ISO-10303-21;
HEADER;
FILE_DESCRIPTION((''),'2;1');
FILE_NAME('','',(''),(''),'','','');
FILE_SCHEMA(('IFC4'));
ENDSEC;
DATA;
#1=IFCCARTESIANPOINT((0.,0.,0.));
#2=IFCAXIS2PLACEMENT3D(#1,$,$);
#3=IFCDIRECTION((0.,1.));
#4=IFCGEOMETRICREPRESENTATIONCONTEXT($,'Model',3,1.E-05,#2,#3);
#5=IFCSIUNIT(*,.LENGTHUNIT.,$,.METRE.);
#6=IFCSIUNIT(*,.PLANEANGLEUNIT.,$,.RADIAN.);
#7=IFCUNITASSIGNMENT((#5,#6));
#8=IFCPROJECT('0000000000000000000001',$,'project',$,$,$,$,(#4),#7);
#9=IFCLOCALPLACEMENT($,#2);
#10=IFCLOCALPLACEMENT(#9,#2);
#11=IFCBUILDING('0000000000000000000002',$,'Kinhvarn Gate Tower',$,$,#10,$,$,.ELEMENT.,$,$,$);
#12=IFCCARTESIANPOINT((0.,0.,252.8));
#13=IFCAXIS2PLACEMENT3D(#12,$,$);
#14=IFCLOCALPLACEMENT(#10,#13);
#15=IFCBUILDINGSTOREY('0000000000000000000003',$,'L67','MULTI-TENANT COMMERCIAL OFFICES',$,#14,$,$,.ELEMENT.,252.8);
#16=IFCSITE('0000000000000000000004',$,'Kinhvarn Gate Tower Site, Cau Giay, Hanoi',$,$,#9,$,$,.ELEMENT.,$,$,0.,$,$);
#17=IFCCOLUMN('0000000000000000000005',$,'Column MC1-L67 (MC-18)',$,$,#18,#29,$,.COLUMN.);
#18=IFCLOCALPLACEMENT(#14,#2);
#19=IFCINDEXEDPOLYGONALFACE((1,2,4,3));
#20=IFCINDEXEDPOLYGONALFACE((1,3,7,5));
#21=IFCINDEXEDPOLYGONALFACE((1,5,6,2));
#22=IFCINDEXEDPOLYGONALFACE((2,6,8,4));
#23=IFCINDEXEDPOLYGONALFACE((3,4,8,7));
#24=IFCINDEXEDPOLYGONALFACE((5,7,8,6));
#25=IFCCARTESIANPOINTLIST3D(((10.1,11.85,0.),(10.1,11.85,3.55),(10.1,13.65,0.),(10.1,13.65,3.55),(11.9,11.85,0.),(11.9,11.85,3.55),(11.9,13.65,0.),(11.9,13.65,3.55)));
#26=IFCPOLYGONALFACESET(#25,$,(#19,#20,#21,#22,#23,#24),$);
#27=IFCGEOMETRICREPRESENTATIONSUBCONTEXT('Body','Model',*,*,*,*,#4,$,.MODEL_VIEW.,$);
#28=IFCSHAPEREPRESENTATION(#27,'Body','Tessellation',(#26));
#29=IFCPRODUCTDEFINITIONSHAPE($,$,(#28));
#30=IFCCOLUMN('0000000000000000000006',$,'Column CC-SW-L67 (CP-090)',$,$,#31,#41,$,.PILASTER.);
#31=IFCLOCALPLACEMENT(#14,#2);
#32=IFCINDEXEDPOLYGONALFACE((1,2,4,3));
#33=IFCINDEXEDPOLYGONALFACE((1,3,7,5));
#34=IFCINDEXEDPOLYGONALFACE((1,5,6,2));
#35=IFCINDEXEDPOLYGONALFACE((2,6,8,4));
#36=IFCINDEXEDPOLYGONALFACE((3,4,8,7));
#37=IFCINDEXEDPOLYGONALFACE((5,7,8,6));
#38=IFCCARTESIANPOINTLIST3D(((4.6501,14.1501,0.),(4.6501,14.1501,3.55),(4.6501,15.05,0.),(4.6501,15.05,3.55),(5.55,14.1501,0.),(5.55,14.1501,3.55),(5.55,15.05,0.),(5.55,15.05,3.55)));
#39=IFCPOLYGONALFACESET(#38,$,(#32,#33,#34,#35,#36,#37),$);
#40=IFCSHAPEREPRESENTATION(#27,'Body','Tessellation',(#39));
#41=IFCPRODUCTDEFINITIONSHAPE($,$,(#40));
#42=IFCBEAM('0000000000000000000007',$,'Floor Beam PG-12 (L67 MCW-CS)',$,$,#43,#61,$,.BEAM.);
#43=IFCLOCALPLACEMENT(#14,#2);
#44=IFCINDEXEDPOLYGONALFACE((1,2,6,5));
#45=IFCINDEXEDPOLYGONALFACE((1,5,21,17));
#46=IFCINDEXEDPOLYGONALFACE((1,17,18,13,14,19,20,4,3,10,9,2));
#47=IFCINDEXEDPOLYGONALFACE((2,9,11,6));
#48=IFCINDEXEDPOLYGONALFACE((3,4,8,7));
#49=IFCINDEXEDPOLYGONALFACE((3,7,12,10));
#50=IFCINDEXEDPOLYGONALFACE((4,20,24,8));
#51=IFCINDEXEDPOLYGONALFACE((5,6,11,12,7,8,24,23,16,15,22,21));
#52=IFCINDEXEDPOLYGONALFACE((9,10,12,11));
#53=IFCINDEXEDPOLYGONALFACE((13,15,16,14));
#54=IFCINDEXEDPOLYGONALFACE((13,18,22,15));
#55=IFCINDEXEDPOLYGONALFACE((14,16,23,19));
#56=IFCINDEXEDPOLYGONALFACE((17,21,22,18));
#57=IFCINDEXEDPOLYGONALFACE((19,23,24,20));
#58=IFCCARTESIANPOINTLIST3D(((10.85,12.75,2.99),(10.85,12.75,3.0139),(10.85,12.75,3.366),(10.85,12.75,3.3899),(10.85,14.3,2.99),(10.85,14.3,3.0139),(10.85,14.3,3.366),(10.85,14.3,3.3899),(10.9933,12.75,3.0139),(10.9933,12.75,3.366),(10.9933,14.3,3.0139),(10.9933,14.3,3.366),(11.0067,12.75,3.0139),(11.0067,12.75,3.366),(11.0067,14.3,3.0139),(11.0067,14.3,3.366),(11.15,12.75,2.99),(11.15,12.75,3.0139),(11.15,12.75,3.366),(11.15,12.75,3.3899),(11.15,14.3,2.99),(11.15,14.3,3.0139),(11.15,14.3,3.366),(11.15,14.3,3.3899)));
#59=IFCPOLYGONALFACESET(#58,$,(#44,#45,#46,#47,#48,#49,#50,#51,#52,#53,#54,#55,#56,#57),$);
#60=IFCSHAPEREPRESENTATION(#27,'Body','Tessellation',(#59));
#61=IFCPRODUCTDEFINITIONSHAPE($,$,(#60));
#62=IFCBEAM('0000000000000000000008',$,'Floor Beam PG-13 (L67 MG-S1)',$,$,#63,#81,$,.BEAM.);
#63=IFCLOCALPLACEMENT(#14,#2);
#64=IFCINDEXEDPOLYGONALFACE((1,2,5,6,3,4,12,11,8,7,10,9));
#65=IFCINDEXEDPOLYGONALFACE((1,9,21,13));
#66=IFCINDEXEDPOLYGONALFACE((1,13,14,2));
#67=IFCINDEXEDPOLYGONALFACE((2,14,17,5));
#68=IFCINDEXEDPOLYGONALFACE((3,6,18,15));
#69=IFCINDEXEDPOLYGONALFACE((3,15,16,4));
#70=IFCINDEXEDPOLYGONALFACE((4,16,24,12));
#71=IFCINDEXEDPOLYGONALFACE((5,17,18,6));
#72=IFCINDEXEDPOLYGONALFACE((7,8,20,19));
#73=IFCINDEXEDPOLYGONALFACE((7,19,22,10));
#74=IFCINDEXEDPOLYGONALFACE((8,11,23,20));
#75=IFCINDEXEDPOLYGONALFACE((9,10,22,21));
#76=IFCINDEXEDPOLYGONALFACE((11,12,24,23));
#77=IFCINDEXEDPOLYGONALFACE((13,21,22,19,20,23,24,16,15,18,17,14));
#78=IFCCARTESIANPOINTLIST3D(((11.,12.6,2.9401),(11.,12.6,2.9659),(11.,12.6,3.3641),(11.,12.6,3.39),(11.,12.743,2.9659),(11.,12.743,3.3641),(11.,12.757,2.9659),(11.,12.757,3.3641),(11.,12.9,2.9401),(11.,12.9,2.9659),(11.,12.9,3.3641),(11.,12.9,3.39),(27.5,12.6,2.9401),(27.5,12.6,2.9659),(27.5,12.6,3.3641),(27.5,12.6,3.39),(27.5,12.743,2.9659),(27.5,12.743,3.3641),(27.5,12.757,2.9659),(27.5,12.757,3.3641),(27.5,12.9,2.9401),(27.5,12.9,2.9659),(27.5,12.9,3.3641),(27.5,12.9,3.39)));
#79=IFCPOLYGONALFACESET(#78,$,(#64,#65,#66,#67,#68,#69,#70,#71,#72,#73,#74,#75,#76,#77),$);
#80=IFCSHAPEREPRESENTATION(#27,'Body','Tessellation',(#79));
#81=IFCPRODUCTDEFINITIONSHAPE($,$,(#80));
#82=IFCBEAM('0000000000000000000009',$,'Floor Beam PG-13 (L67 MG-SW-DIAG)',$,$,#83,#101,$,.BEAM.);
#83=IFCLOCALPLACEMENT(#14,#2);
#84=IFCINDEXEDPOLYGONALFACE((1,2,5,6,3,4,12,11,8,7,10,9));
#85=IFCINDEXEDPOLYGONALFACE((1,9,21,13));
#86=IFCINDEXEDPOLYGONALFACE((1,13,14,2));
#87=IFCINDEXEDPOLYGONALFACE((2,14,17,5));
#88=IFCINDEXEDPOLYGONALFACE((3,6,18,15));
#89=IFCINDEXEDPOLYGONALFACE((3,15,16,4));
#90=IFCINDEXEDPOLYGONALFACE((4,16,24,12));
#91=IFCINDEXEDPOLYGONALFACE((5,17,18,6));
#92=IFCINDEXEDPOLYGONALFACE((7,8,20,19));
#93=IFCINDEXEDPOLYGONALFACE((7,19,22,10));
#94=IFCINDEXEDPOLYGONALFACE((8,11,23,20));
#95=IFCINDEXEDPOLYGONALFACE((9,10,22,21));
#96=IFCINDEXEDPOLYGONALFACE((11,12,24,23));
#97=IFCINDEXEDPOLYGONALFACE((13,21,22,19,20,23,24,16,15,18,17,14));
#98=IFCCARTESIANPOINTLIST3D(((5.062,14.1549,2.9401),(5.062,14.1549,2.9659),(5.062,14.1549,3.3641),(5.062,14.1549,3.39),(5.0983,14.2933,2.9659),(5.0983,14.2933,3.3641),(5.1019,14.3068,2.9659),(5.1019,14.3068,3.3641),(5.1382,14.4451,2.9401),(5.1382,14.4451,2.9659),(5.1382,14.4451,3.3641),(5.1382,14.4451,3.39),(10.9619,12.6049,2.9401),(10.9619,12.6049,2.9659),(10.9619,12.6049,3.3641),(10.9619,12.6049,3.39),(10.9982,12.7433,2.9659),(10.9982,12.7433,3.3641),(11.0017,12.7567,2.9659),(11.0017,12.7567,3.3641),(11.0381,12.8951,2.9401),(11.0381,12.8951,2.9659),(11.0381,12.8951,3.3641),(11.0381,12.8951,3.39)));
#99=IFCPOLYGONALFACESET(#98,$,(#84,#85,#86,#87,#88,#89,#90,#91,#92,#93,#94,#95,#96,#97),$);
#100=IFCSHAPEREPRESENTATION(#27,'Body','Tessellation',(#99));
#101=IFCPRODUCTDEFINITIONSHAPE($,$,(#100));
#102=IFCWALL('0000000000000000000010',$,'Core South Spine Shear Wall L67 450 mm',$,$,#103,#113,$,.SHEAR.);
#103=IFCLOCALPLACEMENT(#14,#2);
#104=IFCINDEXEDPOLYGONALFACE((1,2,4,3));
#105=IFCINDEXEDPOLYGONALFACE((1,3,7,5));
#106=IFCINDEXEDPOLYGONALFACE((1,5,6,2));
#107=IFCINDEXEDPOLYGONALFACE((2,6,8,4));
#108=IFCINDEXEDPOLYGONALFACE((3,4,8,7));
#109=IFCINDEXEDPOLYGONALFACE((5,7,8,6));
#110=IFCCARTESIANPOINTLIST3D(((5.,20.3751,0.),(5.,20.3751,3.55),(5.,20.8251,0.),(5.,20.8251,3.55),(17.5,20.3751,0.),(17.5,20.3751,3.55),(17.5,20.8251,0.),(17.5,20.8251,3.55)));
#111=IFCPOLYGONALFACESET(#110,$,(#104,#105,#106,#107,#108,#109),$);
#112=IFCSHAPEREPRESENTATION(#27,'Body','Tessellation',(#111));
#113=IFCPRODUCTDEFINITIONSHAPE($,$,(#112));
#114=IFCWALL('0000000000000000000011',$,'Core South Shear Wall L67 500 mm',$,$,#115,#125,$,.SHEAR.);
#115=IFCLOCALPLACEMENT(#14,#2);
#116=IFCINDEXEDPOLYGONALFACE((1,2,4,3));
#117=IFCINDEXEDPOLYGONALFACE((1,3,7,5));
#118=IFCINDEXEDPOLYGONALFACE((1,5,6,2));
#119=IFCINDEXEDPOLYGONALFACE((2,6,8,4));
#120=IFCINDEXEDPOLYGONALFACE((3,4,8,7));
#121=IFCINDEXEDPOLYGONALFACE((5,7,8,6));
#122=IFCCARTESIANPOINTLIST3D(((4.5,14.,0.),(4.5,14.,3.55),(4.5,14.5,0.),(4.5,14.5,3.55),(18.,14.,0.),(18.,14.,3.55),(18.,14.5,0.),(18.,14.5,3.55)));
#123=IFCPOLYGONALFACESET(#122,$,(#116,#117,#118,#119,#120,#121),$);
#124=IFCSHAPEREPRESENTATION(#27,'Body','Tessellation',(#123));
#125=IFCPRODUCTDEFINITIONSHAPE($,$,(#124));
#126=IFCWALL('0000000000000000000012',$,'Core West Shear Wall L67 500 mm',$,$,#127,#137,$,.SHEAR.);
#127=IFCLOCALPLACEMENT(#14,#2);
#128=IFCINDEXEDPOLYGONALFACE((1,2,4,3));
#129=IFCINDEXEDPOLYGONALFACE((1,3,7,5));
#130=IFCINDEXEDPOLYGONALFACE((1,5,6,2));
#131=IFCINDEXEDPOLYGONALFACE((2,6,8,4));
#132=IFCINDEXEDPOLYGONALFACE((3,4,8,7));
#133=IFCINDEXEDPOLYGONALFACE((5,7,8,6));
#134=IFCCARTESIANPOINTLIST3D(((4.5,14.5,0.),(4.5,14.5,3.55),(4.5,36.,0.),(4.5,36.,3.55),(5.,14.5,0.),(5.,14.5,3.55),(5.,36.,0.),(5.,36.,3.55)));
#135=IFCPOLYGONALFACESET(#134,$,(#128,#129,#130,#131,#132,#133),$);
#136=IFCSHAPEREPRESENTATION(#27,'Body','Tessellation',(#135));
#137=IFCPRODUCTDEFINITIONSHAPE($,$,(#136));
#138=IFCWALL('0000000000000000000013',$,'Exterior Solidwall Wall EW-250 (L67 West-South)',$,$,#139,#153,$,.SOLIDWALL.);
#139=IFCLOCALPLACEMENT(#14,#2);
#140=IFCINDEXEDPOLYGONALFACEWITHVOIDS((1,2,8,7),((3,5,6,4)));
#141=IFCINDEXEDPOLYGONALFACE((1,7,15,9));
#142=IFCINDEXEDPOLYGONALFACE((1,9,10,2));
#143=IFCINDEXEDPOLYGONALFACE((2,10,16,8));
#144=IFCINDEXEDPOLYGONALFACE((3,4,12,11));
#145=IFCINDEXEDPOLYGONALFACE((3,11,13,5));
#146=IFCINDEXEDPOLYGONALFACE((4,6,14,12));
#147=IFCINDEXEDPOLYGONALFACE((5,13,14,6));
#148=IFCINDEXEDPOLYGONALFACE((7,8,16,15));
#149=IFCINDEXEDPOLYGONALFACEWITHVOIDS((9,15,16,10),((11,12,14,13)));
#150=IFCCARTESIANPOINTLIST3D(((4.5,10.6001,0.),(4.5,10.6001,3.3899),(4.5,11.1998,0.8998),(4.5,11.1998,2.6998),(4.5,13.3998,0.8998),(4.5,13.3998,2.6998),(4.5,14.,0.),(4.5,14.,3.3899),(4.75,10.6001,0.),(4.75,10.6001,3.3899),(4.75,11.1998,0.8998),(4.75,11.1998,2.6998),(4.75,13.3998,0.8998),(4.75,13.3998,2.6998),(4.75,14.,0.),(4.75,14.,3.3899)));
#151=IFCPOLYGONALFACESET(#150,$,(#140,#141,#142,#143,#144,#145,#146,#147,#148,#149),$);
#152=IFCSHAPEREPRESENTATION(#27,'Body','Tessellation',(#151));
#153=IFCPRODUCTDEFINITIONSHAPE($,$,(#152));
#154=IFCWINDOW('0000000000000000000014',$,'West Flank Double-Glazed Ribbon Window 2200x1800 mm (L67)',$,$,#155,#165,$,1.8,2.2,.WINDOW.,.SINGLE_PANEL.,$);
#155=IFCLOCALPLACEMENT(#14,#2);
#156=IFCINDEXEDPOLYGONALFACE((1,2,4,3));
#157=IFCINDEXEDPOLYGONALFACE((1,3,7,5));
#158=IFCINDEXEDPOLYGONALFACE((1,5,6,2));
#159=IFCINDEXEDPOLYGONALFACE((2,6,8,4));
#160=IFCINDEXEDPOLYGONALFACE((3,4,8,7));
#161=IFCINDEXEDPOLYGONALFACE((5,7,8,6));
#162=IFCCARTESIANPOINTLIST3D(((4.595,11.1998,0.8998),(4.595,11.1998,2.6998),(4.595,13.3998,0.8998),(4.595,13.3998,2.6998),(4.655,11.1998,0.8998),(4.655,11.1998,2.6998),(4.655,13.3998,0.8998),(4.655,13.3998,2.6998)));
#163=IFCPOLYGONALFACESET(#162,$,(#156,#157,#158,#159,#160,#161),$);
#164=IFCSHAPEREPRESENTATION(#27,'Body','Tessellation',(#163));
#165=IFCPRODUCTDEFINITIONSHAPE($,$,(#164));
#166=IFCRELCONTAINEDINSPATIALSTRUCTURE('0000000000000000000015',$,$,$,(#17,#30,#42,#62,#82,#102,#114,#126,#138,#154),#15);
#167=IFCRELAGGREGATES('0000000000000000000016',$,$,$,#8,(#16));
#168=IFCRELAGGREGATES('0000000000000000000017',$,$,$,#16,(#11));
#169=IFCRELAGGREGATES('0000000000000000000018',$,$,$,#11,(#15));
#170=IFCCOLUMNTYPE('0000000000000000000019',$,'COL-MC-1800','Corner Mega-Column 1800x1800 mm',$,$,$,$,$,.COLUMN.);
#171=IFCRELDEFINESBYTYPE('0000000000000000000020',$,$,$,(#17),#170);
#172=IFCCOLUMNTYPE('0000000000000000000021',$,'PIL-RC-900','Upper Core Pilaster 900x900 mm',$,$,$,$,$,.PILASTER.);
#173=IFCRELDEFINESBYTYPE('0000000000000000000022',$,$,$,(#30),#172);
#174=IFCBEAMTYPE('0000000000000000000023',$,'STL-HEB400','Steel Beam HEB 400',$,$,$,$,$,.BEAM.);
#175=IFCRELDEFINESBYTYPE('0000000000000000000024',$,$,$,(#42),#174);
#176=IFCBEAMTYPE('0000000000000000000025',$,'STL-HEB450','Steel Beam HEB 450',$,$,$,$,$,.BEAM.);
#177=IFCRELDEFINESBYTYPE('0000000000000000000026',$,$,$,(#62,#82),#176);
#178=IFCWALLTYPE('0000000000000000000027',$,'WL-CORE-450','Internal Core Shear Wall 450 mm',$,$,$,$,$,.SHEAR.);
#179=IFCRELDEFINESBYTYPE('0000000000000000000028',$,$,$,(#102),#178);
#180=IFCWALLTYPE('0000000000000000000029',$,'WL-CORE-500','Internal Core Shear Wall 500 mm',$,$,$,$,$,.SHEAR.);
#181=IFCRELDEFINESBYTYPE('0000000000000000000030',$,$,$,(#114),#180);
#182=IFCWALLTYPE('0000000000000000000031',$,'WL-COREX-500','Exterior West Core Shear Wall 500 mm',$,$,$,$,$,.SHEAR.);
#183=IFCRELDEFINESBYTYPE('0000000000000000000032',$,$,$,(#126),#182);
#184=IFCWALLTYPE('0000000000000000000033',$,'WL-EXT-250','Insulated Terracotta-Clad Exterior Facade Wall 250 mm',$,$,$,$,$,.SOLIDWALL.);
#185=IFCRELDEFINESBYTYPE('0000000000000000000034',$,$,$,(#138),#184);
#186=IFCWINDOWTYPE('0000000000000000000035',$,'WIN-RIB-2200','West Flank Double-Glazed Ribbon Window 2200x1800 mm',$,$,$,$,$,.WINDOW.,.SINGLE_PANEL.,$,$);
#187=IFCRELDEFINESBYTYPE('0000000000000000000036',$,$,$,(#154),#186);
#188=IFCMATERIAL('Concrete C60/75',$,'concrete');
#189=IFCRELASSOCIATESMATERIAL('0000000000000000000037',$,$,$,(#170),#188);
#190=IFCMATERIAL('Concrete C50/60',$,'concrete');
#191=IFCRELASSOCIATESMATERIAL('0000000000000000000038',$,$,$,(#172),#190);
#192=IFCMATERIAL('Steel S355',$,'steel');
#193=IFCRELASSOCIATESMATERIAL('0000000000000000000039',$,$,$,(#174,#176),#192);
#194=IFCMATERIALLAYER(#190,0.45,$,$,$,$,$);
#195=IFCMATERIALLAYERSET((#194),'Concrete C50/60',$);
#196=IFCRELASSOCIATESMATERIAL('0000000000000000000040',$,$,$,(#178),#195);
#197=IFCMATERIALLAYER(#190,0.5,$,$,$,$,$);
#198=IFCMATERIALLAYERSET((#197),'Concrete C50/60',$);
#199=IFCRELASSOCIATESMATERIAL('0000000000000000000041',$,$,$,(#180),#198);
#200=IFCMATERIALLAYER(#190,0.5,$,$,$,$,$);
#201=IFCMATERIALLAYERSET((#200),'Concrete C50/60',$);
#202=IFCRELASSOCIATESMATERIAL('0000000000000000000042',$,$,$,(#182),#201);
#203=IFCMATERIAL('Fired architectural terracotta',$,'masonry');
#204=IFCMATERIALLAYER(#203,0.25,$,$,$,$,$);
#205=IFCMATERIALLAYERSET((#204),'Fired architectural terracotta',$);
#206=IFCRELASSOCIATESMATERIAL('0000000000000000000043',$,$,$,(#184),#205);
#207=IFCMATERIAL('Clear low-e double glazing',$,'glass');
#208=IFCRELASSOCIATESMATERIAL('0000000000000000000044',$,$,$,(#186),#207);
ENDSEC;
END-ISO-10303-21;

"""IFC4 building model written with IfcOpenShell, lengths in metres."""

from ifc_helpers import new_model, si_unit, direction, frame, frame_2d, origin, origin_2d, place, context, subcontext, project, spatial, rectangle, i_section, extrude, material, layer, layer_set, material_profile, profile_set, type_object, element, fill, save


model = new_model("IFC4")

# Units and contexts
model_context = context("Model", 3, precision=1e-05, world=origin(), true_north=direction((0.0, 1.0)))
body_context = subcontext(model_context, "Body", "Model", "MODEL_VIEW")
ifc_project = project(units=[si_unit("LENGTHUNIT", "METRE"), si_unit("PLANEANGLEUNIT", "RADIAN")], contexts=[model_context])

# Site, building, storey
site_placement = place(None, origin())
site = spatial("IfcSite", under=ifc_project, at=site_placement, Name="Kinhvarn Gate Tower Site, Cau Giay, Hanoi", CompositionType="ELEMENT", RefElevation=0.0)
building_placement = place(site_placement, origin())
building = spatial("IfcBuilding", under=site, at=building_placement, Name="Kinhvarn Gate Tower", CompositionType="ELEMENT")
storey_placement = place(building_placement, frame((0.0, 0.0, 252.8)))
storey = spatial("IfcBuildingStorey", under=building, at=storey_placement, Name="L67", Description="MULTI-TENANT COMMERCIAL OFFICES", CompositionType="ELEMENT", Elevation=252.8)

# Columns
ifc_material_1 = material(Name="Concrete C60/75", Category="concrete")
ifc_material_profile_1 = material_profile(ifc_material_1, rectangle(XDim=1.8, YDim=1.8, at=origin_2d()), Name="RC 1800x1800")
ifc_profile_set_1 = profile_set([ifc_material_profile_1], Name="Concrete C60/75")
column_type_1 = type_object("IfcColumnType", Name="COL-MC-1800", Description="Corner Mega-Column 1800x1800 mm", PredefinedType="COLUMN", material=ifc_profile_set_1)
column_1_placement = place(storey_placement, frame((11.0, 12.75, 0.0), z_axis=(0.0, 0.0, 1.0), x_axis=(1.0, 0.0, 0.0)))
element("IfcColumn", 1, at=column_1_placement, inside=storey, type_object=column_type_1, Name="Column MC1-L67 (MC-18)", PredefinedType="COLUMN", context=body_context, shape_type="SweptSolid", body=[
    extrude(rectangle(XDim=1.8, YDim=1.8, at=origin_2d()), origin(), (0.0, 0.0, 1.0), 3.55),
])
ifc_material_2 = material(Name="Concrete C50/60", Category="concrete")
ifc_material_profile_2 = material_profile(ifc_material_2, rectangle(XDim=0.8999, YDim=0.8999, at=origin_2d()), Name="RC 900x900")
ifc_profile_set_2 = profile_set([ifc_material_profile_2], Name="Concrete C50/60")
column_type_2 = type_object("IfcColumnType", Name="PIL-RC-900", Description="Upper Core Pilaster 900x900 mm", PredefinedType="PILASTER", material=ifc_profile_set_2)
column_2_placement = place(storey_placement, frame((5.1001, 14.6001, 0.0), z_axis=(0.0, 0.0, 1.0), x_axis=(1.0, 0.0, 0.0)))
element("IfcColumn", 2, at=column_2_placement, inside=storey, type_object=column_type_2, Name="Column CC-SW-L67 (CP-090)", PredefinedType="PILASTER", context=body_context, shape_type="SweptSolid", body=[
    extrude(rectangle(XDim=0.8999, YDim=0.8999, at=origin_2d()), origin(), (0.0, 0.0, 1.0), 3.55),
])

# Beams
ifc_material_3 = material(Name="Steel S355", Category="steel")
ifc_material_profile_3 = material_profile(ifc_material_3, i_section(OverallWidth=0.3, OverallDepth=0.3999, WebThickness=0.0134, FlangeThickness=0.0239, at=origin_2d()), Name="HEB 400")
ifc_profile_set_3 = profile_set([ifc_material_profile_3], Name="Steel S355")
beam_type_1 = type_object("IfcBeamType", Name="STL-HEB400", Description="Steel Beam HEB 400", PredefinedType="BEAM", material=ifc_profile_set_3)
beam_1_placement = place(storey_placement, frame((11.0, 12.75, 3.1899), z_axis=(0.0, 1.0, 0.0), x_axis=(-1.0, 0.0, 0.0)))
element("IfcBeam", 3, at=beam_1_placement, inside=storey, type_object=beam_type_1, Name="Floor Beam PG-12 (L67 MCW-CS)", PredefinedType="BEAM", context=body_context, shape_type="SweptSolid", body=[
    extrude(i_section(OverallWidth=0.3, OverallDepth=0.3999, WebThickness=0.0134, FlangeThickness=0.0239, at=origin_2d()), origin(), (0.0, 0.0, 1.0), 1.55),
])
ifc_material_profile_4 = material_profile(ifc_material_3, i_section(OverallWidth=0.3, OverallDepth=0.45, WebThickness=0.0139, FlangeThickness=0.0259, at=origin_2d()), Name="HEB 450")
ifc_profile_set_4 = profile_set([ifc_material_profile_4], Name="Steel S355")
beam_type_2 = type_object("IfcBeamType", Name="STL-HEB450", Description="Steel Beam HEB 450", PredefinedType="BEAM", material=ifc_profile_set_4)
beam_2_placement = place(storey_placement, frame((11.0, 12.75, 3.165), z_axis=(1.0, 0.0, 0.0), x_axis=(0.0, 1.0, 0.0)))
element("IfcBeam", 4, at=beam_2_placement, inside=storey, type_object=beam_type_2, Name="Floor Beam PG-13 (L67 MG-S1)", PredefinedType="BEAM", context=body_context, shape_type="SweptSolid", body=[
    extrude(i_section(OverallWidth=0.3, OverallDepth=0.45, WebThickness=0.0139, FlangeThickness=0.0259, at=origin_2d()), origin(), (0.0, 0.0, 1.0), 16.5),
])
beam_3_placement = place(storey_placement, frame((5.1001, 14.3, 3.165), z_axis=(0.967178, -0.254101, 0.0), x_axis=(0.254101, 0.967178, 0.0)))
element("IfcBeam", 5, at=beam_3_placement, inside=storey, type_object=beam_type_2, Name="Floor Beam PG-13 (L67 MG-SW-DIAG)", PredefinedType="BEAM", context=body_context, shape_type="SweptSolid", body=[
    extrude(i_section(OverallWidth=0.3, OverallDepth=0.45, WebThickness=0.0139, FlangeThickness=0.0259, at=origin_2d()), origin(), (0.0, 0.0, 1.0), 6.1001),
])

# Walls
ifc_layer_1 = layer(ifc_material_2, 0.45)
ifc_layer_set_1 = layer_set([ifc_layer_1], Name="Concrete C50/60")
wall_type_1 = type_object("IfcWallType", Name="WL-CORE-450", Description="Internal Core Shear Wall 450 mm", PredefinedType="SHEAR", material=ifc_layer_set_1)
wall_1_placement = place(storey_placement, frame((5.0, 20.6001, 0.0), z_axis=(0.0, 0.0, 1.0), x_axis=(1.0, 0.0, 0.0)))
element("IfcWall", 6, at=wall_1_placement, inside=storey, type_object=wall_type_1, Name="Core South Spine Shear Wall L67 450 mm", PredefinedType="SHEAR", context=body_context, shape_type="SweptSolid", body=[
    extrude(rectangle(XDim=12.5, YDim=0.45, at=frame_2d((6.25, 0.0))), origin(), (0.0, 0.0, 1.0), 3.55),
])
ifc_layer_2 = layer(ifc_material_2, 0.5)
ifc_layer_set_2 = layer_set([ifc_layer_2], Name="Concrete C50/60")
wall_type_2 = type_object("IfcWallType", Name="WL-CORE-500", Description="Internal Core Shear Wall 500 mm", PredefinedType="SHEAR", material=ifc_layer_set_2)
wall_2_placement = place(storey_placement, frame((4.5, 14.25, 0.0), z_axis=(0.0, 0.0, 1.0), x_axis=(1.0, 0.0, 0.0)))
element("IfcWall", 7, at=wall_2_placement, inside=storey, type_object=wall_type_2, Name="Core South Shear Wall L67 500 mm", PredefinedType="SHEAR", context=body_context, shape_type="SweptSolid", body=[
    extrude(rectangle(XDim=13.5, YDim=0.5, at=frame_2d((6.75, 0.0))), origin(), (0.0, 0.0, 1.0), 3.55),
])
ifc_layer_3 = layer(ifc_material_2, 0.5)
ifc_layer_set_3 = layer_set([ifc_layer_3], Name="Concrete C50/60")
wall_type_3 = type_object("IfcWallType", Name="WL-COREX-500", Description="Exterior West Core Shear Wall 500 mm", PredefinedType="SHEAR", material=ifc_layer_set_3)
wall_3_placement = place(storey_placement, frame((4.75, 14.5, 0.0), z_axis=(0.0, 0.0, 1.0), x_axis=(0.0, 1.0, 0.0)))
element("IfcWall", 8, at=wall_3_placement, inside=storey, type_object=wall_type_3, Name="Core West Shear Wall L67 500 mm", PredefinedType="SHEAR", context=body_context, shape_type="SweptSolid", body=[
    extrude(rectangle(XDim=21.5, YDim=0.5, at=frame_2d((10.75, 0.0))), origin(), (0.0, 0.0, 1.0), 3.55),
])

# Wall, opening, window
ifc_material_4 = material(Name="Fired architectural terracotta", Category="masonry")
ifc_layer_4 = layer(ifc_material_4, 0.25)
ifc_layer_set_4 = layer_set([ifc_layer_4], Name="Fired architectural terracotta")
wall_type_4 = type_object("IfcWallType", Name="WL-EXT-250", Description="Insulated Terracotta-Clad Exterior Facade Wall 250 mm", PredefinedType="SOLIDWALL", material=ifc_layer_set_4)
wall_4_placement = place(storey_placement, frame((4.625, 14.0, 0.0), z_axis=(0.0, 0.0, 1.0), x_axis=(0.0, -1.0, 0.0)))
wall_4 = element("IfcWall", 9, at=wall_4_placement, inside=storey, type_object=wall_type_4, Name="Exterior Solidwall Wall EW-250 (L67 West-South)", PredefinedType="SOLIDWALL", context=body_context, shape_type="SweptSolid", body=[
    extrude(rectangle(XDim=3.3999, YDim=0.25, at=frame_2d((1.7, 0.0))), origin(), (0.0, 0.0, 1.0), 3.3899),
])
opening_1_placement = place(wall_4_placement, frame((0.6001, 0.0, 0.8999)))
opening_1 = element("IfcOpeningElement", 10, at=opening_1_placement, cuts=wall_4, PredefinedType="OPENING", context=body_context, shape_type="SweptSolid", body=[
    extrude(rectangle(XDim=2.2, YDim=1.8, at=frame_2d((1.1001, 0.8999))), frame((0.0, 0.135, 0.0), z_axis=(0.0, -1.0, 0.0), x_axis=(1.0, 0.0, 0.0)), (0.0, 0.0, 1.0), 0.27),
])
ifc_material_5 = material(Name="Clear low-e double glazing", Category="glass")
window_type_1 = type_object("IfcWindowType", Name="WIN-RIB-2200", Description="West Flank Double-Glazed Ribbon Window 2200x1800 mm", PartitioningType="SINGLE_PANEL", PredefinedType="WINDOW", material=ifc_material_5)
window_1_placement = place(opening_1_placement, origin())
window_1 = element("IfcWindow", 11, at=window_1_placement, inside=storey, type_object=window_type_1, Name="West Flank Double-Glazed Ribbon Window 2200x1800 mm (L67)", OverallHeight=1.8, OverallWidth=2.2, PartitioningType="SINGLE_PANEL", PredefinedType="WINDOW", context=body_context, shape_type="SweptSolid", body=[
    extrude(rectangle(XDim=2.2, YDim=1.8, at=frame_2d((1.1001, 0.8999))), frame((0.0, 0.03, 0.0), z_axis=(0.0, -1.0, 0.0), x_axis=(1.0, 0.0, 0.0)), (0.0, 0.0, 1.0), 0.0601),
])
fill(opening_1, window_1)

save(model, "model.ifc")
